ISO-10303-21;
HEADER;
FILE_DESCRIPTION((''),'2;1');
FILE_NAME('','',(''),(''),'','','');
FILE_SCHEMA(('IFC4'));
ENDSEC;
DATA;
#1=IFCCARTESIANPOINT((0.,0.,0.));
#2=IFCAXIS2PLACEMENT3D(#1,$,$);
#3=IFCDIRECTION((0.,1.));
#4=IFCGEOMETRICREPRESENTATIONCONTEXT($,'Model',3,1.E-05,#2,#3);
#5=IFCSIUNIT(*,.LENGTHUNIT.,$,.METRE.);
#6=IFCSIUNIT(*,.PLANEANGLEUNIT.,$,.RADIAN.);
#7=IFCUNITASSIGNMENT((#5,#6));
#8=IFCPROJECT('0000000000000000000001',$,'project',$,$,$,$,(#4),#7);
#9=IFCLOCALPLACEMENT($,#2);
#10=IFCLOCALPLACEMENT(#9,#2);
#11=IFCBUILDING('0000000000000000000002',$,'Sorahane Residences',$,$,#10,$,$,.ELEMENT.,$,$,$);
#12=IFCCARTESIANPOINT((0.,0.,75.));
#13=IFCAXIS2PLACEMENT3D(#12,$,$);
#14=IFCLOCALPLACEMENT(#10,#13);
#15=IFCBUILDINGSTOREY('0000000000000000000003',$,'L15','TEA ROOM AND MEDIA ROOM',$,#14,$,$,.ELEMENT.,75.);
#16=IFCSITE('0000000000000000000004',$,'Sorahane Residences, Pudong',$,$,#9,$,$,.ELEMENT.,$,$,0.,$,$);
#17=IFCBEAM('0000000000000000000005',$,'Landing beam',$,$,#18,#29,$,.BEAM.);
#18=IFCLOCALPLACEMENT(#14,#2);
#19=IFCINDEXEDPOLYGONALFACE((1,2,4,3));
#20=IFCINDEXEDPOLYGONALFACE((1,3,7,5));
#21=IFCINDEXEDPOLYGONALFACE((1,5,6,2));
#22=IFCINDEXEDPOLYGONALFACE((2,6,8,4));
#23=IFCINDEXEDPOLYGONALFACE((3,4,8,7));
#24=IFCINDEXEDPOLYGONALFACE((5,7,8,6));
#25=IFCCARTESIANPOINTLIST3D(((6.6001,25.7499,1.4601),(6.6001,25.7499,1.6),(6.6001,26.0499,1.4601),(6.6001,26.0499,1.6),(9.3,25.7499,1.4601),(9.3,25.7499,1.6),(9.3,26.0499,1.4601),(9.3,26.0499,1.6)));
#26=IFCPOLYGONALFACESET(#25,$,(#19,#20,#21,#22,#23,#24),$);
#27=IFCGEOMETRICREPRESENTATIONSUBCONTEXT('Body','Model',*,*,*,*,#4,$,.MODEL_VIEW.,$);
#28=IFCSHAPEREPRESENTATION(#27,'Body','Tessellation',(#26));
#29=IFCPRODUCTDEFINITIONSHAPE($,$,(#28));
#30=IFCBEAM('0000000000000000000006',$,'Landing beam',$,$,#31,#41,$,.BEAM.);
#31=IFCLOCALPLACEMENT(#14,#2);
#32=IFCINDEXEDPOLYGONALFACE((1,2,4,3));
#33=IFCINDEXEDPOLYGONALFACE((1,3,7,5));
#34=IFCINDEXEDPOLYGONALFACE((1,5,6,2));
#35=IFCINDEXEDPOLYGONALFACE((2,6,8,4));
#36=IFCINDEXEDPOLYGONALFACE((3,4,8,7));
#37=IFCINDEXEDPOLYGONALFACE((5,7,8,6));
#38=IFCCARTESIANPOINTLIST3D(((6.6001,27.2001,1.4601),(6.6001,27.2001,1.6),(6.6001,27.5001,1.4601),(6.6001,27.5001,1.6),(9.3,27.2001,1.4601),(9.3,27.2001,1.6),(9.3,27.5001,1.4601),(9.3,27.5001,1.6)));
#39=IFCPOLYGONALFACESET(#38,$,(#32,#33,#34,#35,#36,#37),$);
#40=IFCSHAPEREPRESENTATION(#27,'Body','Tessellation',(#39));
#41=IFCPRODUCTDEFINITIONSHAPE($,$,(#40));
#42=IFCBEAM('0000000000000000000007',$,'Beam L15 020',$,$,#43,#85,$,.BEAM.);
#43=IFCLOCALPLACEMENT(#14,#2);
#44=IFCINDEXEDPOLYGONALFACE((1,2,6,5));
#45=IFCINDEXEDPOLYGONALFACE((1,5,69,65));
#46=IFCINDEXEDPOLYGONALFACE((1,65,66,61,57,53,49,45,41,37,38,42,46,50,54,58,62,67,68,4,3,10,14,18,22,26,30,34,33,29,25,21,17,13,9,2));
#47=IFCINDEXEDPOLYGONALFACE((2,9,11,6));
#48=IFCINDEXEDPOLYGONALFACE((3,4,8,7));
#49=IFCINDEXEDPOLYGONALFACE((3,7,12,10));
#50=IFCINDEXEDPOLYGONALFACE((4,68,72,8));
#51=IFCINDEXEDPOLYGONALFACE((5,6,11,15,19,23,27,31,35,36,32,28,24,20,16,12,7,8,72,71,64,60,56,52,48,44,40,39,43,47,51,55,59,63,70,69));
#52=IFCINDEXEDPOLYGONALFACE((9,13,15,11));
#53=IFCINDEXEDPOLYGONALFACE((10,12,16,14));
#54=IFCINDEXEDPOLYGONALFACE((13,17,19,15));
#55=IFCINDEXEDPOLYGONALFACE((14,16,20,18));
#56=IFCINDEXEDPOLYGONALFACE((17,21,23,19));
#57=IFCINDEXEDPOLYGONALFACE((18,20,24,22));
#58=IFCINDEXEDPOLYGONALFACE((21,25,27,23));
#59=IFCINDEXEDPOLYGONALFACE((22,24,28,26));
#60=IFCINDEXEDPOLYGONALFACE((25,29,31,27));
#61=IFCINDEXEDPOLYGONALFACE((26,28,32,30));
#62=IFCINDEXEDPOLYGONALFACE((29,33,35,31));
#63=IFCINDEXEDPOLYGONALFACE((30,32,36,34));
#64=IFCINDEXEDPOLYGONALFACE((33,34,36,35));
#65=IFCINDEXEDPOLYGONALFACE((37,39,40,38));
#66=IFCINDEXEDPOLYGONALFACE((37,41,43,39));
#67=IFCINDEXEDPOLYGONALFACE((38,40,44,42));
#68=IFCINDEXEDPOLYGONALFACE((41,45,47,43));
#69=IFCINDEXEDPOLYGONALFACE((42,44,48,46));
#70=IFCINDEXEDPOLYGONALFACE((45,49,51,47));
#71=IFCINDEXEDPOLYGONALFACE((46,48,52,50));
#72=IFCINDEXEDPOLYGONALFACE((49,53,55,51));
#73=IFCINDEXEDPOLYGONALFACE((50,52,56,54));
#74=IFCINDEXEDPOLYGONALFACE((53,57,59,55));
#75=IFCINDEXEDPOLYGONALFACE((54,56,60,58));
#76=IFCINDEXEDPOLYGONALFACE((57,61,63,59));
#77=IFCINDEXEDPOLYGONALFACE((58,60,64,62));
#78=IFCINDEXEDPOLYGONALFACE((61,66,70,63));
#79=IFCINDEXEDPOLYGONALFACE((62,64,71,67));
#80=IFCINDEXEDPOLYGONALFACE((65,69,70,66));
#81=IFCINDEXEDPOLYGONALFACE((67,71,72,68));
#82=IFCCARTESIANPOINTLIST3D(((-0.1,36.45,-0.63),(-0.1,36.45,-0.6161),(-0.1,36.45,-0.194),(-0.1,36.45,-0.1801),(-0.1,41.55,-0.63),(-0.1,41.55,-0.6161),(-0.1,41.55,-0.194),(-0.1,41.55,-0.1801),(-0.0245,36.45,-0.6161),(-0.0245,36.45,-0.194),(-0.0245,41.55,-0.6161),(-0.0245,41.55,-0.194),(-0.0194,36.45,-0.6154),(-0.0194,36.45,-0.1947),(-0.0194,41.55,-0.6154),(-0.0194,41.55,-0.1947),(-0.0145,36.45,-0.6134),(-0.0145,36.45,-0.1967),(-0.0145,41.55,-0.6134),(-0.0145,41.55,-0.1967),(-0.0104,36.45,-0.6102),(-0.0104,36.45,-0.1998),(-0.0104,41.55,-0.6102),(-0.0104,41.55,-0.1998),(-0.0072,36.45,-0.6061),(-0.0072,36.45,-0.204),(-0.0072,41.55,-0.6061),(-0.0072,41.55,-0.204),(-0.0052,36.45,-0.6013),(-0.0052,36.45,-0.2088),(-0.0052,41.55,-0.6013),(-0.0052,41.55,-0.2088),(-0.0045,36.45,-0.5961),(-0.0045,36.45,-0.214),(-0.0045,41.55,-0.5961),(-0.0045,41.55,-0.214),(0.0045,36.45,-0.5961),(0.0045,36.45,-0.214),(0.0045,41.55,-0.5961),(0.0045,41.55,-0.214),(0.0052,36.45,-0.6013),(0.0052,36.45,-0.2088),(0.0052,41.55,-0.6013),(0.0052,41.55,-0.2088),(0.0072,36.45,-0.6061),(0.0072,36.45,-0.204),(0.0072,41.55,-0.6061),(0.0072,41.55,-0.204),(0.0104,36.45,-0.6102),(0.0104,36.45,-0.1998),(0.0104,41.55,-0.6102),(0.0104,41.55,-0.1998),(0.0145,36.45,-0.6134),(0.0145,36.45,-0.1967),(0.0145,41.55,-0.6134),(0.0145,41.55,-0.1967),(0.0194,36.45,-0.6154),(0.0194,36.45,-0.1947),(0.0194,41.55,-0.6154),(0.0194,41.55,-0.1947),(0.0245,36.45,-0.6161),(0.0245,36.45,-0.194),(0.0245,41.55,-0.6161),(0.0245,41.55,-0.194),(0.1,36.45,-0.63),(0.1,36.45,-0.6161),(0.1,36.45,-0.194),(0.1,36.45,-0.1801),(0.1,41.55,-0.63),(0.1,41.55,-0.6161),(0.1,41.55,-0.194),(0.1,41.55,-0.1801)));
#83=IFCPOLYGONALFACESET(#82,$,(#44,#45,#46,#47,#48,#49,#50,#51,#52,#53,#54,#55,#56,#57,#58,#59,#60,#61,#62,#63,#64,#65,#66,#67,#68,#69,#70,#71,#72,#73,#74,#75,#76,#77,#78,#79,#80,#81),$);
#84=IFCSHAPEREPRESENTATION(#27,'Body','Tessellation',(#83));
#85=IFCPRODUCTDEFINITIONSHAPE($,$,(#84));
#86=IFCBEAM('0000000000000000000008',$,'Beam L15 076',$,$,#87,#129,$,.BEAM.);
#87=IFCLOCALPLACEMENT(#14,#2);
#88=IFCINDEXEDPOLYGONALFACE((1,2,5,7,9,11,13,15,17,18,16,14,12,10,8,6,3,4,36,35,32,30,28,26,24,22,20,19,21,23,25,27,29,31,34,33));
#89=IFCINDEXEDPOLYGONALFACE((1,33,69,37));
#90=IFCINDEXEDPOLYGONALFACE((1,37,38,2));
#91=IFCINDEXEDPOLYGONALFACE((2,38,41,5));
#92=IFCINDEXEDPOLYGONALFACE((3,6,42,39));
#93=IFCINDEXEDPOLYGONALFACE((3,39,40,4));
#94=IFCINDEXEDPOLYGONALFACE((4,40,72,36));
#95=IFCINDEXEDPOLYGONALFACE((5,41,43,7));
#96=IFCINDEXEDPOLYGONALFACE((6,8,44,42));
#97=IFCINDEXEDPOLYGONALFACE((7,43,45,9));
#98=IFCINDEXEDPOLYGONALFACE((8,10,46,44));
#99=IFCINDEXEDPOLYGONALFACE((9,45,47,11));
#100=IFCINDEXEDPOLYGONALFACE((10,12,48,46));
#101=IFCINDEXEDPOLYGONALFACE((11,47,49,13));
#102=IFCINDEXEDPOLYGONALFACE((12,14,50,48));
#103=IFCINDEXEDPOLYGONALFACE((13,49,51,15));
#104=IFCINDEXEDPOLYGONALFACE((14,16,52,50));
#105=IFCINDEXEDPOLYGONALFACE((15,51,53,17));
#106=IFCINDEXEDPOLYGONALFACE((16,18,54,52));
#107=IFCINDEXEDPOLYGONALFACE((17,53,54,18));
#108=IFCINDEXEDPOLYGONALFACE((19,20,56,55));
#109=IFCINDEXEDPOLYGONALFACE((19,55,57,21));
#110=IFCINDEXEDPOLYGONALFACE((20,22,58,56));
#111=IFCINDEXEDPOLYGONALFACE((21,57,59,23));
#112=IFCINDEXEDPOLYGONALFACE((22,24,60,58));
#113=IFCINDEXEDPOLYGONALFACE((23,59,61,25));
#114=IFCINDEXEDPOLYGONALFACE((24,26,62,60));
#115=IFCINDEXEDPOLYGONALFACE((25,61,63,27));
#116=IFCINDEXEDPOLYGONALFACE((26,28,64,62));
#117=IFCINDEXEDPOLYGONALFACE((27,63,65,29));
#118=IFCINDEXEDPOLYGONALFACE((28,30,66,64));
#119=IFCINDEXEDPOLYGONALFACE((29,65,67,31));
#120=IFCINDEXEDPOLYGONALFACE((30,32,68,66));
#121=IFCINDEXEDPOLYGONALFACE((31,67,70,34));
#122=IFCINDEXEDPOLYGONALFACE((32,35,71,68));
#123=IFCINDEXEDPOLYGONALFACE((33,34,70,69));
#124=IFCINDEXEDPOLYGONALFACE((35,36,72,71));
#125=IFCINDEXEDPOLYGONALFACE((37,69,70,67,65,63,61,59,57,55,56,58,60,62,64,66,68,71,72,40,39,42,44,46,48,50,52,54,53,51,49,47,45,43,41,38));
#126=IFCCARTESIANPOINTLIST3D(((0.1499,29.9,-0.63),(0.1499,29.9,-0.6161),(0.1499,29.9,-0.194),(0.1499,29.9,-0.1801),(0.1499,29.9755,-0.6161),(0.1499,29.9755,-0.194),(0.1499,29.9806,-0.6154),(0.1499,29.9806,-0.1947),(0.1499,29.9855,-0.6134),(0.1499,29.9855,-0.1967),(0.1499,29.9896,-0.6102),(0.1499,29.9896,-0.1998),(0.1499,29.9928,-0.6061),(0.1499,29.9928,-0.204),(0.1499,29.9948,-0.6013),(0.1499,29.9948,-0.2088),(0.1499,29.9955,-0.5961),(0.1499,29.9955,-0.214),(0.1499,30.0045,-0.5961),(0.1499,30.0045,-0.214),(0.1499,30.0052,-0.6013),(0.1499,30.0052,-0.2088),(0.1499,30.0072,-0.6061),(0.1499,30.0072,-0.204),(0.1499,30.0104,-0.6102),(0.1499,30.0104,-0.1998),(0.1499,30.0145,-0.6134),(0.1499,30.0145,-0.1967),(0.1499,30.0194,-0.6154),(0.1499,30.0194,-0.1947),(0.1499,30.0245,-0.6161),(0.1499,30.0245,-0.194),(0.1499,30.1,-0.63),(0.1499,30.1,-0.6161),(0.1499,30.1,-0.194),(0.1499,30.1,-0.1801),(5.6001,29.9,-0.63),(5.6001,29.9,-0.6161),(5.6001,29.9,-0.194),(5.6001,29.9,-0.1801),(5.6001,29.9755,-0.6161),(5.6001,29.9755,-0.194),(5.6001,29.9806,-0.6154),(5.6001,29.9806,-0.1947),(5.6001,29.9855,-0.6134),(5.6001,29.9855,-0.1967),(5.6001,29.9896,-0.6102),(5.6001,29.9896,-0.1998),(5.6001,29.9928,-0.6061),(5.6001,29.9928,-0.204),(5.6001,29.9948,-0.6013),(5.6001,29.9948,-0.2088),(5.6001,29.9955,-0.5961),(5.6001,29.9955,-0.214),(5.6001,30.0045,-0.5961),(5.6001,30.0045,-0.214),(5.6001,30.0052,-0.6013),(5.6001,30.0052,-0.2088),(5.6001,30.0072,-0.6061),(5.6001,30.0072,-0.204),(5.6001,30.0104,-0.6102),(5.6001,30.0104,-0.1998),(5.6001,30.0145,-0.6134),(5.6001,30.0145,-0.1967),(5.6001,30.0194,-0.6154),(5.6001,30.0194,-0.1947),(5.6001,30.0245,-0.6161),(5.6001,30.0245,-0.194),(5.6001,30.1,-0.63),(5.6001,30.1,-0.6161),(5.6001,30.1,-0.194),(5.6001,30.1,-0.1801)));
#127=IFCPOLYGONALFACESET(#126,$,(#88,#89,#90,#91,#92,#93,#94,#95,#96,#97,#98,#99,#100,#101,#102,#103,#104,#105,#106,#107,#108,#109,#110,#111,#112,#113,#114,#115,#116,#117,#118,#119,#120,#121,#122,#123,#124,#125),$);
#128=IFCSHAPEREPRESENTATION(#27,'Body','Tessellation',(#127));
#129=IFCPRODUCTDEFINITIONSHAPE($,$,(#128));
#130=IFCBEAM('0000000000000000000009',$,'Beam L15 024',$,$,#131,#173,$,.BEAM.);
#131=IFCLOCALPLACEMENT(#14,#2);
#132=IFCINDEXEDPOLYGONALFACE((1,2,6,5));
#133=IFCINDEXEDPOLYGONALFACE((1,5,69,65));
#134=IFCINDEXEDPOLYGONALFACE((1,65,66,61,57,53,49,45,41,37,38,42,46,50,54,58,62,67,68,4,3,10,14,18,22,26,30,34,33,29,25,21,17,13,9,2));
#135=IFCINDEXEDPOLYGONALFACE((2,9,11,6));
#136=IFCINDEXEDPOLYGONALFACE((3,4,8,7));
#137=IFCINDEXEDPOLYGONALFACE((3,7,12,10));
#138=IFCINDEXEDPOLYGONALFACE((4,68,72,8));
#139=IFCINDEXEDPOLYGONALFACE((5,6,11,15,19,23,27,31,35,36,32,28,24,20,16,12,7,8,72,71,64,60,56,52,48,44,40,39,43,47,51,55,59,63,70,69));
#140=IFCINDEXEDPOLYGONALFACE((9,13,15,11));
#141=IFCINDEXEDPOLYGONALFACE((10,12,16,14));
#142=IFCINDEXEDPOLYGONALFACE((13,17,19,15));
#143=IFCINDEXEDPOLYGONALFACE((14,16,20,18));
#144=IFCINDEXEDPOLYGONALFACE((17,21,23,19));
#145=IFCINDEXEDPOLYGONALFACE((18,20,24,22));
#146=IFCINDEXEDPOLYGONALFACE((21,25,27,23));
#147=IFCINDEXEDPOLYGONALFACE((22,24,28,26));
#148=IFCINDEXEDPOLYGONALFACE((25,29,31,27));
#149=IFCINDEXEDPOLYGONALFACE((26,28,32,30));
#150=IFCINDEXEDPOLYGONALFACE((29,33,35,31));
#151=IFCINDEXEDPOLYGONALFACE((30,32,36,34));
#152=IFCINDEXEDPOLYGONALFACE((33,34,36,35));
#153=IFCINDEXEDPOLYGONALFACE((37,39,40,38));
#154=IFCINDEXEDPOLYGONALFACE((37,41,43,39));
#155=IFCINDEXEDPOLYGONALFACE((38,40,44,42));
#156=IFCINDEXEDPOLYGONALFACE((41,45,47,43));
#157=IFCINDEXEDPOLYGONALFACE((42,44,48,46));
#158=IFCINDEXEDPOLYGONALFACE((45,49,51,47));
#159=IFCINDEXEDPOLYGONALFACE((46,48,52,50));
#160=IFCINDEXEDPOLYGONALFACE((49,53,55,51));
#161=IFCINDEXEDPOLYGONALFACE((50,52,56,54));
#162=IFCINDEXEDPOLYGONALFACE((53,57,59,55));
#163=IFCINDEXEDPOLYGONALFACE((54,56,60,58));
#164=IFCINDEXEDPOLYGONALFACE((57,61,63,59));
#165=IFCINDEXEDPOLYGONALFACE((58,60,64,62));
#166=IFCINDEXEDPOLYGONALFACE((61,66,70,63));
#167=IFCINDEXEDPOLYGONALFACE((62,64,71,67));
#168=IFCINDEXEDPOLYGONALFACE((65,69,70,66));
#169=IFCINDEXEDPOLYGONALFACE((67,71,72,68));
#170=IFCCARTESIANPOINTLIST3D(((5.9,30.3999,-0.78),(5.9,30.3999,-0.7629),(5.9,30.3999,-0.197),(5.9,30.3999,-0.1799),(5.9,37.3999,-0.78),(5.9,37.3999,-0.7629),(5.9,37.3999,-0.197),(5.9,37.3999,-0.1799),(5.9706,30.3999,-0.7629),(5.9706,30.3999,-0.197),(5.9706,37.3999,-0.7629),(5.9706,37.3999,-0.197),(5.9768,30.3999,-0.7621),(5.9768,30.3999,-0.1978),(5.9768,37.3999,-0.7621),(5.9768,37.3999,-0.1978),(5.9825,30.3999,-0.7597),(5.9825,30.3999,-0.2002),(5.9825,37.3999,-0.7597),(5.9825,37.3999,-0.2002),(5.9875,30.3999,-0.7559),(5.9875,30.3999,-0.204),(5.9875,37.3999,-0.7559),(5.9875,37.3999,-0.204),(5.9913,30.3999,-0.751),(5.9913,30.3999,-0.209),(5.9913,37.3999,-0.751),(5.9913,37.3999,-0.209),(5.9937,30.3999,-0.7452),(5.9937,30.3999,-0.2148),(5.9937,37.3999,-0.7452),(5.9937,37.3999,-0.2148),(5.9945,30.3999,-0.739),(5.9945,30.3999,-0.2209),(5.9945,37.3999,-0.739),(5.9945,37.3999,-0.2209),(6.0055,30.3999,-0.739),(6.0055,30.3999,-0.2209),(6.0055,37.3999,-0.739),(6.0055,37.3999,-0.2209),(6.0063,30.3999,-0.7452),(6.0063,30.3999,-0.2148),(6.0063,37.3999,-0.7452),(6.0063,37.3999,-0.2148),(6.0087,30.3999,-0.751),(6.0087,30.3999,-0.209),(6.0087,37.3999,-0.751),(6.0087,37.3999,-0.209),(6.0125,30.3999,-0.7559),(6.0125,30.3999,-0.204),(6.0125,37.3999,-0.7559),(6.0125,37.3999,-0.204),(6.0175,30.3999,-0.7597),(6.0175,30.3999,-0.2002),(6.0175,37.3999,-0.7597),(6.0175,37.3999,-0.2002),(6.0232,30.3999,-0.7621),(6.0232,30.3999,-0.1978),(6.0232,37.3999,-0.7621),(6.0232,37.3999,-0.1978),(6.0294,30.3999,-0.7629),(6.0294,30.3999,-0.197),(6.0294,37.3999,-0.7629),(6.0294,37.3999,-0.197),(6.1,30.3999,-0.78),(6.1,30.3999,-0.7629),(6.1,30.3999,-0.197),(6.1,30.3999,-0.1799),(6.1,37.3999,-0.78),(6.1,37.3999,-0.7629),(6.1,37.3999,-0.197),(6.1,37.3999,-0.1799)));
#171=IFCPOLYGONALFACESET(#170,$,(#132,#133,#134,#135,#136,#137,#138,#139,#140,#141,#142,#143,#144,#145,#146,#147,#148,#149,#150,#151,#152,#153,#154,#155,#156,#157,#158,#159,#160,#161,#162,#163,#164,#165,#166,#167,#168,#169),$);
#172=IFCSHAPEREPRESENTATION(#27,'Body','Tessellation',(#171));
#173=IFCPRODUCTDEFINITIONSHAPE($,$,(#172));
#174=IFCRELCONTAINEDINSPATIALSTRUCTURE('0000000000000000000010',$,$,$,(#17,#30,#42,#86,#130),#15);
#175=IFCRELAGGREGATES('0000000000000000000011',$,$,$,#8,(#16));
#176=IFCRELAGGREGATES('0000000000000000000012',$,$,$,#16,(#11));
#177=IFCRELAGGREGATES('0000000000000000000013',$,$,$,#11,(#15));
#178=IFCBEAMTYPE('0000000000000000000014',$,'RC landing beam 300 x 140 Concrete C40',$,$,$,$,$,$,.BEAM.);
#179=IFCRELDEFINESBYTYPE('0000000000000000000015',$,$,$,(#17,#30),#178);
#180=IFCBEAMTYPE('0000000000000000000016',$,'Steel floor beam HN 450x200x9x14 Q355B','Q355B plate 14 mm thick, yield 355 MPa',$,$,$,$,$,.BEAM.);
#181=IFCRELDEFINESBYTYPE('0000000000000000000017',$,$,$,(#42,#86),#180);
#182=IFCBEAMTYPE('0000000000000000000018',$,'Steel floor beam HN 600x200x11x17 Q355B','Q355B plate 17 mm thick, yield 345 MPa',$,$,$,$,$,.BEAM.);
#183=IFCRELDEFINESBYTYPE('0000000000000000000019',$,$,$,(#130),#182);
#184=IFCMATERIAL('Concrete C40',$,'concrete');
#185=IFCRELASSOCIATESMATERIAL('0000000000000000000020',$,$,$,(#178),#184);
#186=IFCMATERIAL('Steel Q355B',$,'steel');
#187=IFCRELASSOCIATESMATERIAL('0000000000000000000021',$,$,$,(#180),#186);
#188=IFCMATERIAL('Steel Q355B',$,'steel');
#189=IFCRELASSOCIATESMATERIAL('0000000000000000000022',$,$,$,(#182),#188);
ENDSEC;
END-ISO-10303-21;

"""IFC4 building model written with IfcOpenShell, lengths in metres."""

from ifc_helpers import new_model, si_unit, direction, frame, origin, origin_2d, place, context, subcontext, project, spatial, rectangle, i_section, extrude, material, material_profile, profile_set, type_object, element, save


model = new_model("IFC4")

# Units and contexts
model_context = context("Model", 3, precision=1e-05, world=origin(), true_north=direction((0.0, 1.0)))
body_context = subcontext(model_context, "Body", "Model", "MODEL_VIEW")
ifc_project = project(units=[si_unit("LENGTHUNIT", "METRE"), si_unit("PLANEANGLEUNIT", "RADIAN")], contexts=[model_context])

# Site, building, storey
site_placement = place(None, origin())
site = spatial("IfcSite", under=ifc_project, at=site_placement, Name="Sorahane Residences, Pudong", CompositionType="ELEMENT", RefElevation=0.0)
building_placement = place(site_placement, origin())
building = spatial("IfcBuilding", under=site, at=building_placement, Name="Sorahane Residences", CompositionType="ELEMENT")
storey_placement = place(building_placement, frame((0.0, 0.0, 75.0)))
storey = spatial("IfcBuildingStorey", under=building, at=storey_placement, Name="L15", Description="TEA ROOM AND MEDIA ROOM", CompositionType="ELEMENT", Elevation=75.0)

# Beams
ifc_material_1 = material(Name="Concrete C40", Category="concrete")
ifc_material_profile_1 = material_profile(ifc_material_1, rectangle(XDim=0.3, YDim=0.1399, at=origin_2d()), Name="300x140")
ifc_profile_set_1 = profile_set([ifc_material_profile_1], Name="Concrete C40")
beam_type_1 = type_object("IfcBeamType", Name="RC landing beam 300 x 140 Concrete C40", PredefinedType="BEAM", material=ifc_profile_set_1)
for number, where, z_axis, x_axis, name in (
    (1, (6.6001, 25.8999, 1.53), (1.0, 0.0, 0.0), (0.0, 1.0, 0.0), "Landing beam"),
    (2, (6.6001, 27.3501, 1.53), (1.0, 0.0, 0.0), (0.0, 1.0, 0.0), "Landing beam"),
):
    element("IfcBeam", number, at=place(storey_placement, frame(where, z_axis=z_axis, x_axis=x_axis)), inside=storey, type_object=beam_type_1, Name=name, PredefinedType="BEAM", context=body_context, shape_type="SweptSolid", body=[
        extrude(rectangle(XDim=0.3, YDim=0.1399, at=origin_2d()), origin(), (0.0, 0.0, 1.0), 2.7),
    ])
ifc_material_2 = material(Name="Steel Q355B", Category="steel")
ifc_material_profile_2 = material_profile(ifc_material_2, i_section(OverallWidth=0.2, OverallDepth=0.45, WebThickness=0.009, FlangeThickness=0.0139, FilletRadius=0.02, at=origin_2d()), Name="HN 450x200x9x14")
ifc_profile_set_2 = profile_set([ifc_material_profile_2], Name="Steel Q355B")
beam_type_2 = type_object("IfcBeamType", Name="Steel floor beam HN 450x200x9x14 Q355B", Description="Q355B plate 14 mm thick, yield 355 MPa", PredefinedType="BEAM", material=ifc_profile_set_2)
beam_1_placement = place(storey_placement, frame((0.0, 36.45, -0.405), z_axis=(0.0, 1.0, 0.0), x_axis=(-1.0, 0.0, 0.0)))
element("IfcBeam", 3, at=beam_1_placement, inside=storey, type_object=beam_type_2, Name="Beam L15 020", PredefinedType="BEAM", context=body_context, shape_type="SweptSolid", body=[
    extrude(i_section(OverallWidth=0.2, OverallDepth=0.45, WebThickness=0.009, FlangeThickness=0.0139, FilletRadius=0.02, at=origin_2d()), origin(), (0.0, 0.0, 1.0), 5.1001),
])
beam_2_placement = place(storey_placement, frame((0.1499, 30.0, -0.405), z_axis=(1.0, 0.0, 0.0), x_axis=(0.0, 1.0, 0.0)))
element("IfcBeam", 4, at=beam_2_placement, inside=storey, type_object=beam_type_2, Name="Beam L15 076", PredefinedType="BEAM", context=body_context, shape_type="SweptSolid", body=[
    extrude(i_section(OverallWidth=0.2, OverallDepth=0.45, WebThickness=0.009, FlangeThickness=0.0139, FilletRadius=0.02, at=origin_2d()), origin(), (0.0, 0.0, 1.0), 5.4502),
])
ifc_material_3 = material(Name="Steel Q355B", Category="steel")
ifc_material_profile_3 = material_profile(ifc_material_3, i_section(OverallWidth=0.2, OverallDepth=0.6001, WebThickness=0.011, FlangeThickness=0.0171, FilletRadius=0.0239, at=origin_2d()), Name="HN 600x200x11x17")
ifc_profile_set_3 = profile_set([ifc_material_profile_3], Name="Steel Q355B")
beam_type_3 = type_object("IfcBeamType", Name="Steel floor beam HN 600x200x11x17 Q355B", Description="Q355B plate 17 mm thick, yield 345 MPa", PredefinedType="BEAM", material=ifc_profile_set_3)
for number, where, z_axis, x_axis, name in (
    (5, (6.0, 30.3999, -0.48), (0.0, 1.0, 0.0), (-1.0, 0.0, 0.0), "Beam L15 024"),
):
    element("IfcBeam", number, at=place(storey_placement, frame(where, z_axis=z_axis, x_axis=x_axis)), inside=storey, type_object=beam_type_3, Name=name, PredefinedType="BEAM", context=body_context, shape_type="SweptSolid", body=[
        extrude(i_section(OverallWidth=0.2, OverallDepth=0.6001, WebThickness=0.011, FlangeThickness=0.0171, FilletRadius=0.0239, at=origin_2d()), origin(), (0.0, 0.0, 1.0), 7.0),
    ])

save(model, "model.ifc")
